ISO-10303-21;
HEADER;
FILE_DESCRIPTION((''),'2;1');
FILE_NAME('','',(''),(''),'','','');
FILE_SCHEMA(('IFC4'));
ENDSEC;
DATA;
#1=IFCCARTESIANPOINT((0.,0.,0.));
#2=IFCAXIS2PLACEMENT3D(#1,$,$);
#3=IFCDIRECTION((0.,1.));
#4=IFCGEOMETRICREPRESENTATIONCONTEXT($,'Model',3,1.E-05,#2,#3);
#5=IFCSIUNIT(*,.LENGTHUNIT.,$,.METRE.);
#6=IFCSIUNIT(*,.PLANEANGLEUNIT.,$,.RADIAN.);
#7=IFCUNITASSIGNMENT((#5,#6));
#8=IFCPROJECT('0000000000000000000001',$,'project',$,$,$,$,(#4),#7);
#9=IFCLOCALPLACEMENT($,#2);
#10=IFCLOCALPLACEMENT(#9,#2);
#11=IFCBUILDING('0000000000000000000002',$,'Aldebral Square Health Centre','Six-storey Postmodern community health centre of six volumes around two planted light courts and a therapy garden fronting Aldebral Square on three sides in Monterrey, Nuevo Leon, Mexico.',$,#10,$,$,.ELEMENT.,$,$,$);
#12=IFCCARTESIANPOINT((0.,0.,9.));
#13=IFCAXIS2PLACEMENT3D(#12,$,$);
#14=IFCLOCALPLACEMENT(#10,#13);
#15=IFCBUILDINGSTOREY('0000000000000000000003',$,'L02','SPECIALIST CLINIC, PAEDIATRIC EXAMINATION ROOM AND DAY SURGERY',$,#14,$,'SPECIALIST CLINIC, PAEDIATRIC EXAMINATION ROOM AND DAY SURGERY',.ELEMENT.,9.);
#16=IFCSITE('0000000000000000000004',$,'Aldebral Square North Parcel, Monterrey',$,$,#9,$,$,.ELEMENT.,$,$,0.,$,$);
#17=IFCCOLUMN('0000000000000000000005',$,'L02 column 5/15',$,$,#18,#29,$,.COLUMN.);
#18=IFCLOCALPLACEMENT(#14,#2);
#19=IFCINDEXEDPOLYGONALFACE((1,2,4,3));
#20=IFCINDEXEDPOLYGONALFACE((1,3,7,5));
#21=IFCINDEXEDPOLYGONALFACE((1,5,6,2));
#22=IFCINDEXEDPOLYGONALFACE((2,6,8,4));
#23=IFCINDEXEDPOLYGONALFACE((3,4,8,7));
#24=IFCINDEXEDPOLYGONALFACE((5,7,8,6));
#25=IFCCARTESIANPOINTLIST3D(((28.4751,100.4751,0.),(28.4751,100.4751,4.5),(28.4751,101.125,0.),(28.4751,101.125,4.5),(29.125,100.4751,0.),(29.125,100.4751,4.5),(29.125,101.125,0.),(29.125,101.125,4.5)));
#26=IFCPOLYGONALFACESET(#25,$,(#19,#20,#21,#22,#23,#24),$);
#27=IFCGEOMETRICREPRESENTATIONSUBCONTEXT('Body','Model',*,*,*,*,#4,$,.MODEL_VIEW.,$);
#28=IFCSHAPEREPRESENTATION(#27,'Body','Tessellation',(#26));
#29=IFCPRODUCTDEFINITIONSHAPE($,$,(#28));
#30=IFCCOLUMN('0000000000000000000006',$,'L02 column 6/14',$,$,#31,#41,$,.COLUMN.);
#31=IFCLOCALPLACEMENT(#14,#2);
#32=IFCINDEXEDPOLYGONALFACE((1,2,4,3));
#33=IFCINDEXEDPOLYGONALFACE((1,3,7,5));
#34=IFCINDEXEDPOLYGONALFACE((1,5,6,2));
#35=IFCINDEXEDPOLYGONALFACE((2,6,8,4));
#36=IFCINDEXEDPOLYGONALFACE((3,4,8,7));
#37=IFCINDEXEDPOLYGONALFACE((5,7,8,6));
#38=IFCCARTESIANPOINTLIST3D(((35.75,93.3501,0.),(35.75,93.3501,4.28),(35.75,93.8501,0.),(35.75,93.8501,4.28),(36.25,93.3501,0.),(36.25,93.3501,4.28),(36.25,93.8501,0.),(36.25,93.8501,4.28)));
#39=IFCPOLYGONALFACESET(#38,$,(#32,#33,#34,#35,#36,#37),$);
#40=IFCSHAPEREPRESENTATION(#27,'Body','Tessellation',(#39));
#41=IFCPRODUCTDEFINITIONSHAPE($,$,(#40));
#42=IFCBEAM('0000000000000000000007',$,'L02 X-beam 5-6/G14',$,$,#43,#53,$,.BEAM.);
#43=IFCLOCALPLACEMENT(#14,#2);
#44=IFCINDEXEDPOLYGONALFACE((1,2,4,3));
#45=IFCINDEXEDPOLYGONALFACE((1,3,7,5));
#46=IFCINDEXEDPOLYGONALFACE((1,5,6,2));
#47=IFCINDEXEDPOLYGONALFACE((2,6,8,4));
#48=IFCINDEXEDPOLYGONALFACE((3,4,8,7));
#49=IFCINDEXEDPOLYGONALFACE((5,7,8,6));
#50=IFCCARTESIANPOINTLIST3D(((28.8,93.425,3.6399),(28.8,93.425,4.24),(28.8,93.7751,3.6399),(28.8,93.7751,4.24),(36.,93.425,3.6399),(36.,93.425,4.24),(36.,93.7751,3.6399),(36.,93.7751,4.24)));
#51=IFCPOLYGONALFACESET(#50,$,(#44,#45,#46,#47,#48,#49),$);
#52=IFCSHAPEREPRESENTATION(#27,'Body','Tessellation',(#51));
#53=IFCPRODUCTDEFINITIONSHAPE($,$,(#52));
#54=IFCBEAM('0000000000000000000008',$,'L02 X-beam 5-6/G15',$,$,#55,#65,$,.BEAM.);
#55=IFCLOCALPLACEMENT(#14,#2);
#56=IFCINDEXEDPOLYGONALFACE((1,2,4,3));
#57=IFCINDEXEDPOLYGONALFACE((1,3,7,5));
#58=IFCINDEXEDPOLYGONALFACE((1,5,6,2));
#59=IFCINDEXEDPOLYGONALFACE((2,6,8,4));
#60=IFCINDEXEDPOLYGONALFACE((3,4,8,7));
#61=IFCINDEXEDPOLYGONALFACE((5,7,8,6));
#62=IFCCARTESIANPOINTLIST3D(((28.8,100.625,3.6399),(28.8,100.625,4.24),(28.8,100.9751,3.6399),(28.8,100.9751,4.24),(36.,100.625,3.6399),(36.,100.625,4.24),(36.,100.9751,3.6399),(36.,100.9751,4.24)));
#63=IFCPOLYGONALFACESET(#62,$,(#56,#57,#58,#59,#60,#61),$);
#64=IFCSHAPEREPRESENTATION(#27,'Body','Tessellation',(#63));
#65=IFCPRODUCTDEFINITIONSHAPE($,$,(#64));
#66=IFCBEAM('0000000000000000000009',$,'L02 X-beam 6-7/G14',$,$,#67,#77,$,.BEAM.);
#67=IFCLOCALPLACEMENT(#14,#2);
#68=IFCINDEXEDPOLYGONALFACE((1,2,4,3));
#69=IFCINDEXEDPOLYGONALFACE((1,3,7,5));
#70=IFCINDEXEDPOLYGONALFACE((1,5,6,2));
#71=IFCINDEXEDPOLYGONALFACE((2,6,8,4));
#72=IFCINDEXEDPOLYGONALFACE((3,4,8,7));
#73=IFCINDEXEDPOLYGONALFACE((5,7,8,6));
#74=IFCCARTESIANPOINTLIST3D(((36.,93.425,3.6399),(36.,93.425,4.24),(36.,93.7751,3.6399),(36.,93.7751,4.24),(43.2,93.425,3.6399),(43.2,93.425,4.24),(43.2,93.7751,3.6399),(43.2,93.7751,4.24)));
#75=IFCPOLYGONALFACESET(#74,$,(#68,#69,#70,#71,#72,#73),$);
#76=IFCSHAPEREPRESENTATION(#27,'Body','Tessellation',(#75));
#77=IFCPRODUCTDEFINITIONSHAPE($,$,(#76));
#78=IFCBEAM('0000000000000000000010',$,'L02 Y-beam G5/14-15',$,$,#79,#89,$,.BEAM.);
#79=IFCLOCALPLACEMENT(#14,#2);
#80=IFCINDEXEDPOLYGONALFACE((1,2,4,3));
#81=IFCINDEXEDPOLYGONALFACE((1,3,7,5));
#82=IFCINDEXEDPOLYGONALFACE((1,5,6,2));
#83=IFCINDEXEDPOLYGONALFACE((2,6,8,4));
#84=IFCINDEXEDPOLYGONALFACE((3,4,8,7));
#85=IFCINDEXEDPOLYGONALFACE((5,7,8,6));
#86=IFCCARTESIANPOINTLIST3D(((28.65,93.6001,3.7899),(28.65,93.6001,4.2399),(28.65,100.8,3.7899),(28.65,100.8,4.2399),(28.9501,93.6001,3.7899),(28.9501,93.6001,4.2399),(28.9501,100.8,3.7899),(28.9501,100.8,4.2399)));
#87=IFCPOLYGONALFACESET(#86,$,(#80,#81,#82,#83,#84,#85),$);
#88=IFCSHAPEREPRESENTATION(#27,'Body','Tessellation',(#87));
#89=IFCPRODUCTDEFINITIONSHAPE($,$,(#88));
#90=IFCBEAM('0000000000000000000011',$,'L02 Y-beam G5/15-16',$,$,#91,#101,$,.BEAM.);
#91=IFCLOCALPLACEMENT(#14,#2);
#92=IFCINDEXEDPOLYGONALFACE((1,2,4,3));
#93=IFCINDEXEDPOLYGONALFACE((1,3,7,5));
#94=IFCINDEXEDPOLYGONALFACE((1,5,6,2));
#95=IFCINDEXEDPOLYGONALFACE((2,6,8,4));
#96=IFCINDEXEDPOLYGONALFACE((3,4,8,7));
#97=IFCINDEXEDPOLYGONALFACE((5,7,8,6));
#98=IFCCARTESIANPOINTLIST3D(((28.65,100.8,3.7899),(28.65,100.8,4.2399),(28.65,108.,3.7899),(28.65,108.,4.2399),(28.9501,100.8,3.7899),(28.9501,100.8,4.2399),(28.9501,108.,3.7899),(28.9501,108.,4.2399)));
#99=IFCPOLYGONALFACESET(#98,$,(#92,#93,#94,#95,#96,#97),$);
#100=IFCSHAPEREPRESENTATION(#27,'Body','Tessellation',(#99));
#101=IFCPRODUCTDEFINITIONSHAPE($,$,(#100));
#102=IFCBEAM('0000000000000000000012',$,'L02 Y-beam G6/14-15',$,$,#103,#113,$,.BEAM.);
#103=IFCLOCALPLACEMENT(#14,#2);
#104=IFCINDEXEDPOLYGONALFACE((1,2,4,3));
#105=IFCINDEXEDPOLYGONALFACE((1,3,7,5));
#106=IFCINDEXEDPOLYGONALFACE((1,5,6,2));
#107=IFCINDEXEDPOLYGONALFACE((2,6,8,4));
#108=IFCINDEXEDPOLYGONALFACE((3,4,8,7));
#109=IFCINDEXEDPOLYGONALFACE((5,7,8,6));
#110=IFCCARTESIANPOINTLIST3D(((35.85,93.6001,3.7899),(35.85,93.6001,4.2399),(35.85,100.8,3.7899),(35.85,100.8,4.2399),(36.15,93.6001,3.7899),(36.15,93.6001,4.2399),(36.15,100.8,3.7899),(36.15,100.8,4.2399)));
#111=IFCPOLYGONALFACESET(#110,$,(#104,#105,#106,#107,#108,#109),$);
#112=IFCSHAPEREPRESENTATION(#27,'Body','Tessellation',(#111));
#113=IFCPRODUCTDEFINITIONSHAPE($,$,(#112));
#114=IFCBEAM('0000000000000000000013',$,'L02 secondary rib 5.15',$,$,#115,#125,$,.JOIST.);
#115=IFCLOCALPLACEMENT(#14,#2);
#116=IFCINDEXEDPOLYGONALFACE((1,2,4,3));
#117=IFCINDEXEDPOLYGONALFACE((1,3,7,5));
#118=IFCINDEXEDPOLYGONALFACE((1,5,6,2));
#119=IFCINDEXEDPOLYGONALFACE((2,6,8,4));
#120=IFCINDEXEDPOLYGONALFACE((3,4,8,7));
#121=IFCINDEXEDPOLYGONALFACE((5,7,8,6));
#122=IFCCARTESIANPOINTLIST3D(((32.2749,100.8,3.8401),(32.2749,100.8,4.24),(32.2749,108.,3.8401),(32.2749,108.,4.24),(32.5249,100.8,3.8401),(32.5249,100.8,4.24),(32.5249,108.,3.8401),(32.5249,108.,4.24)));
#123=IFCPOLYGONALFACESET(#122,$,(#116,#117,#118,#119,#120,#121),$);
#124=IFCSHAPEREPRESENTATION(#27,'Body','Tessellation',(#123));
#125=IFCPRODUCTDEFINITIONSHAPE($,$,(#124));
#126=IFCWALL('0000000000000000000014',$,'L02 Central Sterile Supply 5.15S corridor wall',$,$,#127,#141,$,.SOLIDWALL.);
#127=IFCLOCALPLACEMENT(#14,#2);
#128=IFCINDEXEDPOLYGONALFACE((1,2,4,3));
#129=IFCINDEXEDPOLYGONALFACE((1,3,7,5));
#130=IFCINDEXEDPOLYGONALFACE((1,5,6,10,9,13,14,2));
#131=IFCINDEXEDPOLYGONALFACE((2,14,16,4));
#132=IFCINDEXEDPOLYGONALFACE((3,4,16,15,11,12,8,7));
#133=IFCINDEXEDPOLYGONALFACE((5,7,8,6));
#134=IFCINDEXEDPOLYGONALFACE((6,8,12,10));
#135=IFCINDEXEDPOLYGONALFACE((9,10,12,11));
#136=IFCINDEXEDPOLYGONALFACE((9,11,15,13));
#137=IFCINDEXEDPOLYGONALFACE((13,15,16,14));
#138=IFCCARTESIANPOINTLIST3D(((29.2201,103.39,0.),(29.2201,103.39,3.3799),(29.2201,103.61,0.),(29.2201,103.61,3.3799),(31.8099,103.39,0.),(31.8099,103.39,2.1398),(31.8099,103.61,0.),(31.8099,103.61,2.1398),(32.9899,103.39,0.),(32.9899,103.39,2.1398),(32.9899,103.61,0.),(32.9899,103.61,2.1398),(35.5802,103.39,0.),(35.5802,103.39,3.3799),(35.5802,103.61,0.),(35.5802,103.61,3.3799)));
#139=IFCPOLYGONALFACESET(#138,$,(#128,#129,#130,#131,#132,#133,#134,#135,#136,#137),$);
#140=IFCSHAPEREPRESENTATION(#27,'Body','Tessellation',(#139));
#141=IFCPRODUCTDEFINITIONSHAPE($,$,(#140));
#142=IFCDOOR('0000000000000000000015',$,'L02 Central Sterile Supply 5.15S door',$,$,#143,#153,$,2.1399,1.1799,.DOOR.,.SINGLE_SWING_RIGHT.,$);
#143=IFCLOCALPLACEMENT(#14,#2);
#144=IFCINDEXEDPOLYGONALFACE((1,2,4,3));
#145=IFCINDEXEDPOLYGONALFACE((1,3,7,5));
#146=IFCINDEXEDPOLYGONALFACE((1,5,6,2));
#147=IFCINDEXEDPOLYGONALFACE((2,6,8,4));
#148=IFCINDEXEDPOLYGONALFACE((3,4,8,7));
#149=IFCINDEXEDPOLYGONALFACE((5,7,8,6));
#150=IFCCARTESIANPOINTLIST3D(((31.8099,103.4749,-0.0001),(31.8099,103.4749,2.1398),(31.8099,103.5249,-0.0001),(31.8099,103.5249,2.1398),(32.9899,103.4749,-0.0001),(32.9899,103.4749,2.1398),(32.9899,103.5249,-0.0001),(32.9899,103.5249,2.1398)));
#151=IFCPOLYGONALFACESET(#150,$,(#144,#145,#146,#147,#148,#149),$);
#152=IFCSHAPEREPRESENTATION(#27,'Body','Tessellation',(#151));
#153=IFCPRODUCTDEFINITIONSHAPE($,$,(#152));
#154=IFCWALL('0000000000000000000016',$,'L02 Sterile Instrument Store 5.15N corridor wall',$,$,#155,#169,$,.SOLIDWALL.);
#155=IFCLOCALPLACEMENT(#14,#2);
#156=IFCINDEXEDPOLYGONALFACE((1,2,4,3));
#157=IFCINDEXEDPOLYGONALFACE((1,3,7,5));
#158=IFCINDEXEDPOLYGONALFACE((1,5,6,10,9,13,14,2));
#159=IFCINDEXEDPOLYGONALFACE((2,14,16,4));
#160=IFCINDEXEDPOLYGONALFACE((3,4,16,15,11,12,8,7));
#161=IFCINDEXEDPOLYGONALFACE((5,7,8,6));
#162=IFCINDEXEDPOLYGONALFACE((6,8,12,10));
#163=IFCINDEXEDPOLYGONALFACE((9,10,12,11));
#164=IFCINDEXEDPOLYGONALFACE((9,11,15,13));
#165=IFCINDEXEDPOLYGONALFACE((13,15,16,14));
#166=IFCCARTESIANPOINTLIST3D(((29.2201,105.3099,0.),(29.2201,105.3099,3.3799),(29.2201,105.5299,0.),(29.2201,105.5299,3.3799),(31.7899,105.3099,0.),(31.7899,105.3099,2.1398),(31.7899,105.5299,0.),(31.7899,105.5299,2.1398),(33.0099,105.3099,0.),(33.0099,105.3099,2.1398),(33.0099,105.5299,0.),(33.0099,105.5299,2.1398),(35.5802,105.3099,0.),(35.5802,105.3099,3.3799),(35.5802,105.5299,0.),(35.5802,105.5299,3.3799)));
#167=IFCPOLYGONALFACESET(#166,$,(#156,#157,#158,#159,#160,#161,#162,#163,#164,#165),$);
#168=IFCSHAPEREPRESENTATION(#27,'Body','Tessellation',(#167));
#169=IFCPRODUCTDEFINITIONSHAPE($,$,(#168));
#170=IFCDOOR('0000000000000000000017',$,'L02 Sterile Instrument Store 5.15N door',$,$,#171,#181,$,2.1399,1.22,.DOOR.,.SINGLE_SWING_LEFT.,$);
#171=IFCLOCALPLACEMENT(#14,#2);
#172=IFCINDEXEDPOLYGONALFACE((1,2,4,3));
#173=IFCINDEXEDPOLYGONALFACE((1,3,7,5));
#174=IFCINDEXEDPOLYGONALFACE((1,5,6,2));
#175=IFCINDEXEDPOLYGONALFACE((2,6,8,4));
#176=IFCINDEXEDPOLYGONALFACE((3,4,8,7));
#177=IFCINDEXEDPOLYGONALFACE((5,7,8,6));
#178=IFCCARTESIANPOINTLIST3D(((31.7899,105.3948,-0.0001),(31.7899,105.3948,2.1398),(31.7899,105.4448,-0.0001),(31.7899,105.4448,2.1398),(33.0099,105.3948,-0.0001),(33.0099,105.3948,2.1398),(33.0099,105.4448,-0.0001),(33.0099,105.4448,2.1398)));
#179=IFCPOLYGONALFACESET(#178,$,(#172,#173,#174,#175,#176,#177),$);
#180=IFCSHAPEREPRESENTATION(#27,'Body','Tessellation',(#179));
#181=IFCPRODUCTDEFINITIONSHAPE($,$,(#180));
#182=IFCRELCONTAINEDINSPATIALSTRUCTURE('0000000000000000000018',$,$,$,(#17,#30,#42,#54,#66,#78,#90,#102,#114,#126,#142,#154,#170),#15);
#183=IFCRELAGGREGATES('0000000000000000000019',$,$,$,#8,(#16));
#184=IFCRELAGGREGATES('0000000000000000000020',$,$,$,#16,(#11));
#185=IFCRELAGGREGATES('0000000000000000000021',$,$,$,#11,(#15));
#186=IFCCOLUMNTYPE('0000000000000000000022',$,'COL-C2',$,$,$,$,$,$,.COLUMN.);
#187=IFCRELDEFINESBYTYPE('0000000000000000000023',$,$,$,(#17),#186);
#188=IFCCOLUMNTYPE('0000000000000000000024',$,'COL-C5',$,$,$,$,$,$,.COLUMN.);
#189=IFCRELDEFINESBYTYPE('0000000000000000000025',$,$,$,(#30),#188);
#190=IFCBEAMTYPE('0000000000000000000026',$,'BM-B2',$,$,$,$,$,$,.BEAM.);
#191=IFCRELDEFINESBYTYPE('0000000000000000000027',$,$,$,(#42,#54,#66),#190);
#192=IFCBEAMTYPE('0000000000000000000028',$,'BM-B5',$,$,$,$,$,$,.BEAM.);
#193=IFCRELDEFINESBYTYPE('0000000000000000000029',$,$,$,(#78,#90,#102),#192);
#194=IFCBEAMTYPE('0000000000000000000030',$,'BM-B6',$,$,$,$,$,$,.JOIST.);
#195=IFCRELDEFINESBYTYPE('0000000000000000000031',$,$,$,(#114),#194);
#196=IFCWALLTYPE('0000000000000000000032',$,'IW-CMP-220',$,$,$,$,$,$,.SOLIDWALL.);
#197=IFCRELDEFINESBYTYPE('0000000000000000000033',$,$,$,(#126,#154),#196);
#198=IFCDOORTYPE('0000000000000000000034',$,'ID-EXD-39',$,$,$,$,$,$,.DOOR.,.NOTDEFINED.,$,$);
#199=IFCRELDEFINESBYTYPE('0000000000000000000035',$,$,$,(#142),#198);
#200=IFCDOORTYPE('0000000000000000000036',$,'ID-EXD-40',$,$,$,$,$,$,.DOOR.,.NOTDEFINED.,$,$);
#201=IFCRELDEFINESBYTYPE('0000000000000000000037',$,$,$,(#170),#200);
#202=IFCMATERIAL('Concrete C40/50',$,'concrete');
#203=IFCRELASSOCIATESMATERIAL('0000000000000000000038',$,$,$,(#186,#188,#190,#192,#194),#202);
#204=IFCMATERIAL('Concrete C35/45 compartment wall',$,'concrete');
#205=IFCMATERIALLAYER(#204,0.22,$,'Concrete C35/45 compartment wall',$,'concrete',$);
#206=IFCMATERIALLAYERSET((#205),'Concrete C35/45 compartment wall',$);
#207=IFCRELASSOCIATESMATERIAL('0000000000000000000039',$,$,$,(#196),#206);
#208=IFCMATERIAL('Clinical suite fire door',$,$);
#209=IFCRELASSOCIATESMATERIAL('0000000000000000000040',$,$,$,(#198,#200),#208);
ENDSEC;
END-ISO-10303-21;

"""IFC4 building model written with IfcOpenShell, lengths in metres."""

from ifc_helpers import new_model, si_unit, direction, frame, frame_2d, origin, origin_2d, place, context, subcontext, project, spatial, rectangle, extrude, material, layer, layer_set, material_profile, profile_set, type_object, element, fill, save


model = new_model("IFC4")

# Units and contexts
model_context = context("Model", 3, precision=1e-05, world=origin(), true_north=direction((0.0, 1.0)))
body_context = subcontext(model_context, "Body", "Model", "MODEL_VIEW")
ifc_project = project(units=[si_unit("LENGTHUNIT", "METRE"), si_unit("PLANEANGLEUNIT", "RADIAN")], contexts=[model_context])

# Site, building, storey
site_placement = place(None, origin())
site = spatial("IfcSite", under=ifc_project, at=site_placement, Name="Aldebral Square North Parcel, Monterrey", CompositionType="ELEMENT", RefElevation=0.0)
building_placement = place(site_placement, origin())
building = spatial("IfcBuilding", under=site, at=building_placement, Name="Aldebral Square Health Centre", Description="Six-storey Postmodern community health centre of six volumes around two planted light courts and a therapy garden fronting Aldebral Square on three sides in Monterrey, Nuevo Leon, Mexico.", CompositionType="ELEMENT")
storey_placement = place(building_placement, frame((0.0, 0.0, 9.0)))
storey = spatial("IfcBuildingStorey", under=building, at=storey_placement, Name="L02", Description="SPECIALIST CLINIC, PAEDIATRIC EXAMINATION ROOM AND DAY SURGERY", LongName="SPECIALIST CLINIC, PAEDIATRIC EXAMINATION ROOM AND DAY SURGERY", CompositionType="ELEMENT", Elevation=9.0)

# Columns
ifc_material_1 = material(Name="Concrete C40/50", Category="concrete")
ifc_material_profile_1 = material_profile(ifc_material_1, rectangle(XDim=0.6499, YDim=0.6499, at=origin_2d()), Name="RC 650x650")
ifc_profile_set_1 = profile_set([ifc_material_profile_1], Name="Concrete C40/50")
column_type_1 = type_object("IfcColumnType", Name="COL-C2", PredefinedType="COLUMN", material=ifc_profile_set_1)
column_1_placement = place(storey_placement, frame((28.8, 100.8, 0.0), z_axis=(0.0, 0.0, 1.0), x_axis=(1.0, 0.0, 0.0)))
element("IfcColumn", 1, at=column_1_placement, inside=storey, type_object=column_type_1, Name="L02 column 5/15", PredefinedType="COLUMN", context=body_context, shape_type="SweptSolid", body=[
    extrude(rectangle(XDim=0.6499, YDim=0.6499, at=origin_2d()), origin(), (0.0, 0.0, 1.0), 4.5),
])
ifc_material_profile_2 = material_profile(ifc_material_1, rectangle(XDim=0.5, YDim=0.5, at=origin_2d()), Name="RC 500x500")
ifc_profile_set_2 = profile_set([ifc_material_profile_2], Name="Concrete C40/50")
column_type_2 = type_object("IfcColumnType", Name="COL-C5", PredefinedType="COLUMN", material=ifc_profile_set_2)
column_2_placement = place(storey_placement, frame((36.0, 93.6001, 0.0), z_axis=(0.0, 0.0, 1.0), x_axis=(1.0, 0.0, 0.0)))
element("IfcColumn", 2, at=column_2_placement, inside=storey, type_object=column_type_2, Name="L02 column 6/14", PredefinedType="COLUMN", context=body_context, shape_type="SweptSolid", body=[
    extrude(rectangle(XDim=0.5, YDim=0.5, at=origin_2d()), origin(), (0.0, 0.0, 1.0), 4.28),
])

# Beams
ifc_material_profile_3 = material_profile(ifc_material_1, rectangle(XDim=0.3501, YDim=0.6001, at=origin_2d()), Name="RC 350x600")
ifc_profile_set_3 = profile_set([ifc_material_profile_3], Name="Concrete C40/50")
beam_type_1 = type_object("IfcBeamType", Name="BM-B2", PredefinedType="BEAM", material=ifc_profile_set_3)
for number, where, z_axis, x_axis, name in (
    (3, (28.8, 93.6001, 3.9399), (1.0, 0.0, 0.0), (0.0, 1.0, 0.0), "L02 X-beam 5-6/G14"),
    (4, (28.8, 100.8, 3.9399), (1.0, 0.0, 0.0), (0.0, 1.0, 0.0), "L02 X-beam 5-6/G15"),
    (5, (36.0, 93.6001, 3.9399), (1.0, 0.0, 0.0), (0.0, 1.0, 0.0), "L02 X-beam 6-7/G14"),
):
    element("IfcBeam", number, at=place(storey_placement, frame(where, z_axis=z_axis, x_axis=x_axis)), inside=storey, type_object=beam_type_1, Name=name, PredefinedType="BEAM", context=body_context, shape_type="SweptSolid", body=[
        extrude(rectangle(XDim=0.3501, YDim=0.6001, at=origin_2d()), origin(), (0.0, 0.0, 1.0), 7.2),
    ])
ifc_material_profile_4 = material_profile(ifc_material_1, rectangle(XDim=0.3, YDim=0.45, at=origin_2d()), Name="RC 300x450")
ifc_profile_set_4 = profile_set([ifc_material_profile_4], Name="Concrete C40/50")
beam_type_2 = type_object("IfcBeamType", Name="BM-B5", PredefinedType="BEAM", material=ifc_profile_set_4)
for number, where, z_axis, x_axis, name in (
    (6, (28.8, 93.6001, 4.0149), (0.0, 1.0, 0.0), (-1.0, 0.0, 0.0), "L02 Y-beam G5/14-15"),
    (7, (28.8, 100.8, 4.0149), (0.0, 1.0, 0.0), (-1.0, 0.0, 0.0), "L02 Y-beam G5/15-16"),
    (8, (36.0, 93.6001, 4.0149), (0.0, 1.0, 0.0), (-1.0, 0.0, 0.0), "L02 Y-beam G6/14-15"),
):
    element("IfcBeam", number, at=place(storey_placement, frame(where, z_axis=z_axis, x_axis=x_axis)), inside=storey, type_object=beam_type_2, Name=name, PredefinedType="BEAM", context=body_context, shape_type="SweptSolid", body=[
        extrude(rectangle(XDim=0.3, YDim=0.45, at=origin_2d()), origin(), (0.0, 0.0, 1.0), 7.2),
    ])
ifc_material_profile_5 = material_profile(ifc_material_1, rectangle(XDim=0.25, YDim=0.3999, at=origin_2d()), Name="RC 250x400")
ifc_profile_set_5 = profile_set([ifc_material_profile_5], Name="Concrete C40/50")
beam_type_3 = type_object("IfcBeamType", Name="BM-B6", PredefinedType="JOIST", material=ifc_profile_set_5)
beam_placement = place(storey_placement, frame((32.3999, 100.8, 4.04), z_axis=(0.0, 1.0, 0.0), x_axis=(-1.0, 0.0, 0.0)))
element("IfcBeam", 9, at=beam_placement, inside=storey, type_object=beam_type_3, Name="L02 secondary rib 5.15", PredefinedType="JOIST", context=body_context, shape_type="SweptSolid", body=[
    extrude(rectangle(XDim=0.25, YDim=0.3999, at=origin_2d()), origin(), (0.0, 0.0, 1.0), 7.2),
])

# Walls, openings, doors
ifc_material_2 = material(Name="Concrete C35/45 compartment wall", Category="concrete")
ifc_layer_1 = layer(ifc_material_2, 0.22, Name="Concrete C35/45 compartment wall", Category="concrete")
ifc_layer_set_1 = layer_set([ifc_layer_1], Name="Concrete C35/45 compartment wall")
wall_type_1 = type_object("IfcWallType", Name="IW-CMP-220", PredefinedType="SOLIDWALL", material=ifc_layer_set_1)
wall_1_placement = place(storey_placement, frame((29.22, 103.5, 0.0), z_axis=(0.0, 0.0, 1.0), x_axis=(1.0, 0.0, 0.0)))
wall_1 = element("IfcWall", 10, at=wall_1_placement, inside=storey, type_object=wall_type_1, Name="L02 Central Sterile Supply 5.15S corridor wall", PredefinedType="SOLIDWALL", context=body_context, shape_type="SweptSolid", body=[
    extrude(rectangle(XDim=6.3601, YDim=0.22, at=frame_2d((3.1802, 0.0))), origin(), (0.0, 0.0, 1.0), 3.3799),
])
opening_1_placement = place(wall_1_placement, frame((2.5901, 0.0, 0.0)))
opening_1 = element("IfcOpeningElement", 11, at=opening_1_placement, cuts=wall_1, PredefinedType="OPENING", context=body_context, shape_type="SweptSolid", body=[
    extrude(rectangle(XDim=1.1799, YDim=2.1399, at=frame_2d((0.5898, 1.0698))), frame((0.0, 0.1201, 0.0), z_axis=(0.0, -1.0, 0.0), x_axis=(1.0, 0.0, 0.0)), (0.0, 0.0, 1.0), 0.24),
])
ifc_material_3 = material(Name="Clinical suite fire door")
door_type_1 = type_object("IfcDoorType", Name="ID-EXD-39", OperationType="NOTDEFINED", PredefinedType="DOOR", material=ifc_material_3)
door_1_placement = place(opening_1_placement, origin())
door_1 = element("IfcDoor", 12, at=door_1_placement, inside=storey, type_object=door_type_1, Name="L02 Central Sterile Supply 5.15S door", OperationType="SINGLE_SWING_RIGHT", OverallHeight=2.1399, OverallWidth=1.1799, PredefinedType="DOOR", context=body_context, shape_type="SweptSolid", body=[
    extrude(rectangle(XDim=1.1799, YDim=2.1399, at=frame_2d((0.5898, 1.0698))), frame((0.0, 0.0249, 0.0), z_axis=(0.0, -1.0, 0.0), x_axis=(1.0, 0.0, 0.0)), (0.0, 0.0, 1.0), 0.05),
])
fill(opening_1, door_1)
wall_2_placement = place(storey_placement, frame((29.22, 105.4199, 0.0), z_axis=(0.0, 0.0, 1.0), x_axis=(1.0, 0.0, 0.0)))
wall_2 = element("IfcWall", 13, at=wall_2_placement, inside=storey, type_object=wall_type_1, Name="L02 Sterile Instrument Store 5.15N corridor wall", PredefinedType="SOLIDWALL", context=body_context, shape_type="SweptSolid", body=[
    extrude(rectangle(XDim=6.3601, YDim=0.22, at=frame_2d((3.1802, 0.0))), origin(), (0.0, 0.0, 1.0), 3.3799),
])
opening_2_placement = place(wall_2_placement, frame((2.5701, 0.0, 0.0)))
opening_2 = element("IfcOpeningElement", 14, at=opening_2_placement, cuts=wall_2, PredefinedType="OPENING", context=body_context, shape_type="SweptSolid", body=[
    extrude(rectangle(XDim=1.22, YDim=2.1399, at=frame_2d((0.6099, 1.0698))), frame((0.0, 0.1201, 0.0), z_axis=(0.0, -1.0, 0.0), x_axis=(1.0, 0.0, 0.0)), (0.0, 0.0, 1.0), 0.24),
])
door_type_2 = type_object("IfcDoorType", Name="ID-EXD-40", OperationType="NOTDEFINED", PredefinedType="DOOR", material=ifc_material_3)
door_2_placement = place(opening_2_placement, origin())
door_2 = element("IfcDoor", 15, at=door_2_placement, inside=storey, type_object=door_type_2, Name="L02 Sterile Instrument Store 5.15N door", OperationType="SINGLE_SWING_LEFT", OverallHeight=2.1399, OverallWidth=1.22, PredefinedType="DOOR", context=body_context, shape_type="SweptSolid", body=[
    extrude(rectangle(XDim=1.22, YDim=2.1399, at=frame_2d((0.6099, 1.0698))), frame((0.0, 0.0249, 0.0), z_axis=(0.0, -1.0, 0.0), x_axis=(1.0, 0.0, 0.0)), (0.0, 0.0, 1.0), 0.05),
])
fill(opening_2, door_2)

save(model, "model.ifc")
